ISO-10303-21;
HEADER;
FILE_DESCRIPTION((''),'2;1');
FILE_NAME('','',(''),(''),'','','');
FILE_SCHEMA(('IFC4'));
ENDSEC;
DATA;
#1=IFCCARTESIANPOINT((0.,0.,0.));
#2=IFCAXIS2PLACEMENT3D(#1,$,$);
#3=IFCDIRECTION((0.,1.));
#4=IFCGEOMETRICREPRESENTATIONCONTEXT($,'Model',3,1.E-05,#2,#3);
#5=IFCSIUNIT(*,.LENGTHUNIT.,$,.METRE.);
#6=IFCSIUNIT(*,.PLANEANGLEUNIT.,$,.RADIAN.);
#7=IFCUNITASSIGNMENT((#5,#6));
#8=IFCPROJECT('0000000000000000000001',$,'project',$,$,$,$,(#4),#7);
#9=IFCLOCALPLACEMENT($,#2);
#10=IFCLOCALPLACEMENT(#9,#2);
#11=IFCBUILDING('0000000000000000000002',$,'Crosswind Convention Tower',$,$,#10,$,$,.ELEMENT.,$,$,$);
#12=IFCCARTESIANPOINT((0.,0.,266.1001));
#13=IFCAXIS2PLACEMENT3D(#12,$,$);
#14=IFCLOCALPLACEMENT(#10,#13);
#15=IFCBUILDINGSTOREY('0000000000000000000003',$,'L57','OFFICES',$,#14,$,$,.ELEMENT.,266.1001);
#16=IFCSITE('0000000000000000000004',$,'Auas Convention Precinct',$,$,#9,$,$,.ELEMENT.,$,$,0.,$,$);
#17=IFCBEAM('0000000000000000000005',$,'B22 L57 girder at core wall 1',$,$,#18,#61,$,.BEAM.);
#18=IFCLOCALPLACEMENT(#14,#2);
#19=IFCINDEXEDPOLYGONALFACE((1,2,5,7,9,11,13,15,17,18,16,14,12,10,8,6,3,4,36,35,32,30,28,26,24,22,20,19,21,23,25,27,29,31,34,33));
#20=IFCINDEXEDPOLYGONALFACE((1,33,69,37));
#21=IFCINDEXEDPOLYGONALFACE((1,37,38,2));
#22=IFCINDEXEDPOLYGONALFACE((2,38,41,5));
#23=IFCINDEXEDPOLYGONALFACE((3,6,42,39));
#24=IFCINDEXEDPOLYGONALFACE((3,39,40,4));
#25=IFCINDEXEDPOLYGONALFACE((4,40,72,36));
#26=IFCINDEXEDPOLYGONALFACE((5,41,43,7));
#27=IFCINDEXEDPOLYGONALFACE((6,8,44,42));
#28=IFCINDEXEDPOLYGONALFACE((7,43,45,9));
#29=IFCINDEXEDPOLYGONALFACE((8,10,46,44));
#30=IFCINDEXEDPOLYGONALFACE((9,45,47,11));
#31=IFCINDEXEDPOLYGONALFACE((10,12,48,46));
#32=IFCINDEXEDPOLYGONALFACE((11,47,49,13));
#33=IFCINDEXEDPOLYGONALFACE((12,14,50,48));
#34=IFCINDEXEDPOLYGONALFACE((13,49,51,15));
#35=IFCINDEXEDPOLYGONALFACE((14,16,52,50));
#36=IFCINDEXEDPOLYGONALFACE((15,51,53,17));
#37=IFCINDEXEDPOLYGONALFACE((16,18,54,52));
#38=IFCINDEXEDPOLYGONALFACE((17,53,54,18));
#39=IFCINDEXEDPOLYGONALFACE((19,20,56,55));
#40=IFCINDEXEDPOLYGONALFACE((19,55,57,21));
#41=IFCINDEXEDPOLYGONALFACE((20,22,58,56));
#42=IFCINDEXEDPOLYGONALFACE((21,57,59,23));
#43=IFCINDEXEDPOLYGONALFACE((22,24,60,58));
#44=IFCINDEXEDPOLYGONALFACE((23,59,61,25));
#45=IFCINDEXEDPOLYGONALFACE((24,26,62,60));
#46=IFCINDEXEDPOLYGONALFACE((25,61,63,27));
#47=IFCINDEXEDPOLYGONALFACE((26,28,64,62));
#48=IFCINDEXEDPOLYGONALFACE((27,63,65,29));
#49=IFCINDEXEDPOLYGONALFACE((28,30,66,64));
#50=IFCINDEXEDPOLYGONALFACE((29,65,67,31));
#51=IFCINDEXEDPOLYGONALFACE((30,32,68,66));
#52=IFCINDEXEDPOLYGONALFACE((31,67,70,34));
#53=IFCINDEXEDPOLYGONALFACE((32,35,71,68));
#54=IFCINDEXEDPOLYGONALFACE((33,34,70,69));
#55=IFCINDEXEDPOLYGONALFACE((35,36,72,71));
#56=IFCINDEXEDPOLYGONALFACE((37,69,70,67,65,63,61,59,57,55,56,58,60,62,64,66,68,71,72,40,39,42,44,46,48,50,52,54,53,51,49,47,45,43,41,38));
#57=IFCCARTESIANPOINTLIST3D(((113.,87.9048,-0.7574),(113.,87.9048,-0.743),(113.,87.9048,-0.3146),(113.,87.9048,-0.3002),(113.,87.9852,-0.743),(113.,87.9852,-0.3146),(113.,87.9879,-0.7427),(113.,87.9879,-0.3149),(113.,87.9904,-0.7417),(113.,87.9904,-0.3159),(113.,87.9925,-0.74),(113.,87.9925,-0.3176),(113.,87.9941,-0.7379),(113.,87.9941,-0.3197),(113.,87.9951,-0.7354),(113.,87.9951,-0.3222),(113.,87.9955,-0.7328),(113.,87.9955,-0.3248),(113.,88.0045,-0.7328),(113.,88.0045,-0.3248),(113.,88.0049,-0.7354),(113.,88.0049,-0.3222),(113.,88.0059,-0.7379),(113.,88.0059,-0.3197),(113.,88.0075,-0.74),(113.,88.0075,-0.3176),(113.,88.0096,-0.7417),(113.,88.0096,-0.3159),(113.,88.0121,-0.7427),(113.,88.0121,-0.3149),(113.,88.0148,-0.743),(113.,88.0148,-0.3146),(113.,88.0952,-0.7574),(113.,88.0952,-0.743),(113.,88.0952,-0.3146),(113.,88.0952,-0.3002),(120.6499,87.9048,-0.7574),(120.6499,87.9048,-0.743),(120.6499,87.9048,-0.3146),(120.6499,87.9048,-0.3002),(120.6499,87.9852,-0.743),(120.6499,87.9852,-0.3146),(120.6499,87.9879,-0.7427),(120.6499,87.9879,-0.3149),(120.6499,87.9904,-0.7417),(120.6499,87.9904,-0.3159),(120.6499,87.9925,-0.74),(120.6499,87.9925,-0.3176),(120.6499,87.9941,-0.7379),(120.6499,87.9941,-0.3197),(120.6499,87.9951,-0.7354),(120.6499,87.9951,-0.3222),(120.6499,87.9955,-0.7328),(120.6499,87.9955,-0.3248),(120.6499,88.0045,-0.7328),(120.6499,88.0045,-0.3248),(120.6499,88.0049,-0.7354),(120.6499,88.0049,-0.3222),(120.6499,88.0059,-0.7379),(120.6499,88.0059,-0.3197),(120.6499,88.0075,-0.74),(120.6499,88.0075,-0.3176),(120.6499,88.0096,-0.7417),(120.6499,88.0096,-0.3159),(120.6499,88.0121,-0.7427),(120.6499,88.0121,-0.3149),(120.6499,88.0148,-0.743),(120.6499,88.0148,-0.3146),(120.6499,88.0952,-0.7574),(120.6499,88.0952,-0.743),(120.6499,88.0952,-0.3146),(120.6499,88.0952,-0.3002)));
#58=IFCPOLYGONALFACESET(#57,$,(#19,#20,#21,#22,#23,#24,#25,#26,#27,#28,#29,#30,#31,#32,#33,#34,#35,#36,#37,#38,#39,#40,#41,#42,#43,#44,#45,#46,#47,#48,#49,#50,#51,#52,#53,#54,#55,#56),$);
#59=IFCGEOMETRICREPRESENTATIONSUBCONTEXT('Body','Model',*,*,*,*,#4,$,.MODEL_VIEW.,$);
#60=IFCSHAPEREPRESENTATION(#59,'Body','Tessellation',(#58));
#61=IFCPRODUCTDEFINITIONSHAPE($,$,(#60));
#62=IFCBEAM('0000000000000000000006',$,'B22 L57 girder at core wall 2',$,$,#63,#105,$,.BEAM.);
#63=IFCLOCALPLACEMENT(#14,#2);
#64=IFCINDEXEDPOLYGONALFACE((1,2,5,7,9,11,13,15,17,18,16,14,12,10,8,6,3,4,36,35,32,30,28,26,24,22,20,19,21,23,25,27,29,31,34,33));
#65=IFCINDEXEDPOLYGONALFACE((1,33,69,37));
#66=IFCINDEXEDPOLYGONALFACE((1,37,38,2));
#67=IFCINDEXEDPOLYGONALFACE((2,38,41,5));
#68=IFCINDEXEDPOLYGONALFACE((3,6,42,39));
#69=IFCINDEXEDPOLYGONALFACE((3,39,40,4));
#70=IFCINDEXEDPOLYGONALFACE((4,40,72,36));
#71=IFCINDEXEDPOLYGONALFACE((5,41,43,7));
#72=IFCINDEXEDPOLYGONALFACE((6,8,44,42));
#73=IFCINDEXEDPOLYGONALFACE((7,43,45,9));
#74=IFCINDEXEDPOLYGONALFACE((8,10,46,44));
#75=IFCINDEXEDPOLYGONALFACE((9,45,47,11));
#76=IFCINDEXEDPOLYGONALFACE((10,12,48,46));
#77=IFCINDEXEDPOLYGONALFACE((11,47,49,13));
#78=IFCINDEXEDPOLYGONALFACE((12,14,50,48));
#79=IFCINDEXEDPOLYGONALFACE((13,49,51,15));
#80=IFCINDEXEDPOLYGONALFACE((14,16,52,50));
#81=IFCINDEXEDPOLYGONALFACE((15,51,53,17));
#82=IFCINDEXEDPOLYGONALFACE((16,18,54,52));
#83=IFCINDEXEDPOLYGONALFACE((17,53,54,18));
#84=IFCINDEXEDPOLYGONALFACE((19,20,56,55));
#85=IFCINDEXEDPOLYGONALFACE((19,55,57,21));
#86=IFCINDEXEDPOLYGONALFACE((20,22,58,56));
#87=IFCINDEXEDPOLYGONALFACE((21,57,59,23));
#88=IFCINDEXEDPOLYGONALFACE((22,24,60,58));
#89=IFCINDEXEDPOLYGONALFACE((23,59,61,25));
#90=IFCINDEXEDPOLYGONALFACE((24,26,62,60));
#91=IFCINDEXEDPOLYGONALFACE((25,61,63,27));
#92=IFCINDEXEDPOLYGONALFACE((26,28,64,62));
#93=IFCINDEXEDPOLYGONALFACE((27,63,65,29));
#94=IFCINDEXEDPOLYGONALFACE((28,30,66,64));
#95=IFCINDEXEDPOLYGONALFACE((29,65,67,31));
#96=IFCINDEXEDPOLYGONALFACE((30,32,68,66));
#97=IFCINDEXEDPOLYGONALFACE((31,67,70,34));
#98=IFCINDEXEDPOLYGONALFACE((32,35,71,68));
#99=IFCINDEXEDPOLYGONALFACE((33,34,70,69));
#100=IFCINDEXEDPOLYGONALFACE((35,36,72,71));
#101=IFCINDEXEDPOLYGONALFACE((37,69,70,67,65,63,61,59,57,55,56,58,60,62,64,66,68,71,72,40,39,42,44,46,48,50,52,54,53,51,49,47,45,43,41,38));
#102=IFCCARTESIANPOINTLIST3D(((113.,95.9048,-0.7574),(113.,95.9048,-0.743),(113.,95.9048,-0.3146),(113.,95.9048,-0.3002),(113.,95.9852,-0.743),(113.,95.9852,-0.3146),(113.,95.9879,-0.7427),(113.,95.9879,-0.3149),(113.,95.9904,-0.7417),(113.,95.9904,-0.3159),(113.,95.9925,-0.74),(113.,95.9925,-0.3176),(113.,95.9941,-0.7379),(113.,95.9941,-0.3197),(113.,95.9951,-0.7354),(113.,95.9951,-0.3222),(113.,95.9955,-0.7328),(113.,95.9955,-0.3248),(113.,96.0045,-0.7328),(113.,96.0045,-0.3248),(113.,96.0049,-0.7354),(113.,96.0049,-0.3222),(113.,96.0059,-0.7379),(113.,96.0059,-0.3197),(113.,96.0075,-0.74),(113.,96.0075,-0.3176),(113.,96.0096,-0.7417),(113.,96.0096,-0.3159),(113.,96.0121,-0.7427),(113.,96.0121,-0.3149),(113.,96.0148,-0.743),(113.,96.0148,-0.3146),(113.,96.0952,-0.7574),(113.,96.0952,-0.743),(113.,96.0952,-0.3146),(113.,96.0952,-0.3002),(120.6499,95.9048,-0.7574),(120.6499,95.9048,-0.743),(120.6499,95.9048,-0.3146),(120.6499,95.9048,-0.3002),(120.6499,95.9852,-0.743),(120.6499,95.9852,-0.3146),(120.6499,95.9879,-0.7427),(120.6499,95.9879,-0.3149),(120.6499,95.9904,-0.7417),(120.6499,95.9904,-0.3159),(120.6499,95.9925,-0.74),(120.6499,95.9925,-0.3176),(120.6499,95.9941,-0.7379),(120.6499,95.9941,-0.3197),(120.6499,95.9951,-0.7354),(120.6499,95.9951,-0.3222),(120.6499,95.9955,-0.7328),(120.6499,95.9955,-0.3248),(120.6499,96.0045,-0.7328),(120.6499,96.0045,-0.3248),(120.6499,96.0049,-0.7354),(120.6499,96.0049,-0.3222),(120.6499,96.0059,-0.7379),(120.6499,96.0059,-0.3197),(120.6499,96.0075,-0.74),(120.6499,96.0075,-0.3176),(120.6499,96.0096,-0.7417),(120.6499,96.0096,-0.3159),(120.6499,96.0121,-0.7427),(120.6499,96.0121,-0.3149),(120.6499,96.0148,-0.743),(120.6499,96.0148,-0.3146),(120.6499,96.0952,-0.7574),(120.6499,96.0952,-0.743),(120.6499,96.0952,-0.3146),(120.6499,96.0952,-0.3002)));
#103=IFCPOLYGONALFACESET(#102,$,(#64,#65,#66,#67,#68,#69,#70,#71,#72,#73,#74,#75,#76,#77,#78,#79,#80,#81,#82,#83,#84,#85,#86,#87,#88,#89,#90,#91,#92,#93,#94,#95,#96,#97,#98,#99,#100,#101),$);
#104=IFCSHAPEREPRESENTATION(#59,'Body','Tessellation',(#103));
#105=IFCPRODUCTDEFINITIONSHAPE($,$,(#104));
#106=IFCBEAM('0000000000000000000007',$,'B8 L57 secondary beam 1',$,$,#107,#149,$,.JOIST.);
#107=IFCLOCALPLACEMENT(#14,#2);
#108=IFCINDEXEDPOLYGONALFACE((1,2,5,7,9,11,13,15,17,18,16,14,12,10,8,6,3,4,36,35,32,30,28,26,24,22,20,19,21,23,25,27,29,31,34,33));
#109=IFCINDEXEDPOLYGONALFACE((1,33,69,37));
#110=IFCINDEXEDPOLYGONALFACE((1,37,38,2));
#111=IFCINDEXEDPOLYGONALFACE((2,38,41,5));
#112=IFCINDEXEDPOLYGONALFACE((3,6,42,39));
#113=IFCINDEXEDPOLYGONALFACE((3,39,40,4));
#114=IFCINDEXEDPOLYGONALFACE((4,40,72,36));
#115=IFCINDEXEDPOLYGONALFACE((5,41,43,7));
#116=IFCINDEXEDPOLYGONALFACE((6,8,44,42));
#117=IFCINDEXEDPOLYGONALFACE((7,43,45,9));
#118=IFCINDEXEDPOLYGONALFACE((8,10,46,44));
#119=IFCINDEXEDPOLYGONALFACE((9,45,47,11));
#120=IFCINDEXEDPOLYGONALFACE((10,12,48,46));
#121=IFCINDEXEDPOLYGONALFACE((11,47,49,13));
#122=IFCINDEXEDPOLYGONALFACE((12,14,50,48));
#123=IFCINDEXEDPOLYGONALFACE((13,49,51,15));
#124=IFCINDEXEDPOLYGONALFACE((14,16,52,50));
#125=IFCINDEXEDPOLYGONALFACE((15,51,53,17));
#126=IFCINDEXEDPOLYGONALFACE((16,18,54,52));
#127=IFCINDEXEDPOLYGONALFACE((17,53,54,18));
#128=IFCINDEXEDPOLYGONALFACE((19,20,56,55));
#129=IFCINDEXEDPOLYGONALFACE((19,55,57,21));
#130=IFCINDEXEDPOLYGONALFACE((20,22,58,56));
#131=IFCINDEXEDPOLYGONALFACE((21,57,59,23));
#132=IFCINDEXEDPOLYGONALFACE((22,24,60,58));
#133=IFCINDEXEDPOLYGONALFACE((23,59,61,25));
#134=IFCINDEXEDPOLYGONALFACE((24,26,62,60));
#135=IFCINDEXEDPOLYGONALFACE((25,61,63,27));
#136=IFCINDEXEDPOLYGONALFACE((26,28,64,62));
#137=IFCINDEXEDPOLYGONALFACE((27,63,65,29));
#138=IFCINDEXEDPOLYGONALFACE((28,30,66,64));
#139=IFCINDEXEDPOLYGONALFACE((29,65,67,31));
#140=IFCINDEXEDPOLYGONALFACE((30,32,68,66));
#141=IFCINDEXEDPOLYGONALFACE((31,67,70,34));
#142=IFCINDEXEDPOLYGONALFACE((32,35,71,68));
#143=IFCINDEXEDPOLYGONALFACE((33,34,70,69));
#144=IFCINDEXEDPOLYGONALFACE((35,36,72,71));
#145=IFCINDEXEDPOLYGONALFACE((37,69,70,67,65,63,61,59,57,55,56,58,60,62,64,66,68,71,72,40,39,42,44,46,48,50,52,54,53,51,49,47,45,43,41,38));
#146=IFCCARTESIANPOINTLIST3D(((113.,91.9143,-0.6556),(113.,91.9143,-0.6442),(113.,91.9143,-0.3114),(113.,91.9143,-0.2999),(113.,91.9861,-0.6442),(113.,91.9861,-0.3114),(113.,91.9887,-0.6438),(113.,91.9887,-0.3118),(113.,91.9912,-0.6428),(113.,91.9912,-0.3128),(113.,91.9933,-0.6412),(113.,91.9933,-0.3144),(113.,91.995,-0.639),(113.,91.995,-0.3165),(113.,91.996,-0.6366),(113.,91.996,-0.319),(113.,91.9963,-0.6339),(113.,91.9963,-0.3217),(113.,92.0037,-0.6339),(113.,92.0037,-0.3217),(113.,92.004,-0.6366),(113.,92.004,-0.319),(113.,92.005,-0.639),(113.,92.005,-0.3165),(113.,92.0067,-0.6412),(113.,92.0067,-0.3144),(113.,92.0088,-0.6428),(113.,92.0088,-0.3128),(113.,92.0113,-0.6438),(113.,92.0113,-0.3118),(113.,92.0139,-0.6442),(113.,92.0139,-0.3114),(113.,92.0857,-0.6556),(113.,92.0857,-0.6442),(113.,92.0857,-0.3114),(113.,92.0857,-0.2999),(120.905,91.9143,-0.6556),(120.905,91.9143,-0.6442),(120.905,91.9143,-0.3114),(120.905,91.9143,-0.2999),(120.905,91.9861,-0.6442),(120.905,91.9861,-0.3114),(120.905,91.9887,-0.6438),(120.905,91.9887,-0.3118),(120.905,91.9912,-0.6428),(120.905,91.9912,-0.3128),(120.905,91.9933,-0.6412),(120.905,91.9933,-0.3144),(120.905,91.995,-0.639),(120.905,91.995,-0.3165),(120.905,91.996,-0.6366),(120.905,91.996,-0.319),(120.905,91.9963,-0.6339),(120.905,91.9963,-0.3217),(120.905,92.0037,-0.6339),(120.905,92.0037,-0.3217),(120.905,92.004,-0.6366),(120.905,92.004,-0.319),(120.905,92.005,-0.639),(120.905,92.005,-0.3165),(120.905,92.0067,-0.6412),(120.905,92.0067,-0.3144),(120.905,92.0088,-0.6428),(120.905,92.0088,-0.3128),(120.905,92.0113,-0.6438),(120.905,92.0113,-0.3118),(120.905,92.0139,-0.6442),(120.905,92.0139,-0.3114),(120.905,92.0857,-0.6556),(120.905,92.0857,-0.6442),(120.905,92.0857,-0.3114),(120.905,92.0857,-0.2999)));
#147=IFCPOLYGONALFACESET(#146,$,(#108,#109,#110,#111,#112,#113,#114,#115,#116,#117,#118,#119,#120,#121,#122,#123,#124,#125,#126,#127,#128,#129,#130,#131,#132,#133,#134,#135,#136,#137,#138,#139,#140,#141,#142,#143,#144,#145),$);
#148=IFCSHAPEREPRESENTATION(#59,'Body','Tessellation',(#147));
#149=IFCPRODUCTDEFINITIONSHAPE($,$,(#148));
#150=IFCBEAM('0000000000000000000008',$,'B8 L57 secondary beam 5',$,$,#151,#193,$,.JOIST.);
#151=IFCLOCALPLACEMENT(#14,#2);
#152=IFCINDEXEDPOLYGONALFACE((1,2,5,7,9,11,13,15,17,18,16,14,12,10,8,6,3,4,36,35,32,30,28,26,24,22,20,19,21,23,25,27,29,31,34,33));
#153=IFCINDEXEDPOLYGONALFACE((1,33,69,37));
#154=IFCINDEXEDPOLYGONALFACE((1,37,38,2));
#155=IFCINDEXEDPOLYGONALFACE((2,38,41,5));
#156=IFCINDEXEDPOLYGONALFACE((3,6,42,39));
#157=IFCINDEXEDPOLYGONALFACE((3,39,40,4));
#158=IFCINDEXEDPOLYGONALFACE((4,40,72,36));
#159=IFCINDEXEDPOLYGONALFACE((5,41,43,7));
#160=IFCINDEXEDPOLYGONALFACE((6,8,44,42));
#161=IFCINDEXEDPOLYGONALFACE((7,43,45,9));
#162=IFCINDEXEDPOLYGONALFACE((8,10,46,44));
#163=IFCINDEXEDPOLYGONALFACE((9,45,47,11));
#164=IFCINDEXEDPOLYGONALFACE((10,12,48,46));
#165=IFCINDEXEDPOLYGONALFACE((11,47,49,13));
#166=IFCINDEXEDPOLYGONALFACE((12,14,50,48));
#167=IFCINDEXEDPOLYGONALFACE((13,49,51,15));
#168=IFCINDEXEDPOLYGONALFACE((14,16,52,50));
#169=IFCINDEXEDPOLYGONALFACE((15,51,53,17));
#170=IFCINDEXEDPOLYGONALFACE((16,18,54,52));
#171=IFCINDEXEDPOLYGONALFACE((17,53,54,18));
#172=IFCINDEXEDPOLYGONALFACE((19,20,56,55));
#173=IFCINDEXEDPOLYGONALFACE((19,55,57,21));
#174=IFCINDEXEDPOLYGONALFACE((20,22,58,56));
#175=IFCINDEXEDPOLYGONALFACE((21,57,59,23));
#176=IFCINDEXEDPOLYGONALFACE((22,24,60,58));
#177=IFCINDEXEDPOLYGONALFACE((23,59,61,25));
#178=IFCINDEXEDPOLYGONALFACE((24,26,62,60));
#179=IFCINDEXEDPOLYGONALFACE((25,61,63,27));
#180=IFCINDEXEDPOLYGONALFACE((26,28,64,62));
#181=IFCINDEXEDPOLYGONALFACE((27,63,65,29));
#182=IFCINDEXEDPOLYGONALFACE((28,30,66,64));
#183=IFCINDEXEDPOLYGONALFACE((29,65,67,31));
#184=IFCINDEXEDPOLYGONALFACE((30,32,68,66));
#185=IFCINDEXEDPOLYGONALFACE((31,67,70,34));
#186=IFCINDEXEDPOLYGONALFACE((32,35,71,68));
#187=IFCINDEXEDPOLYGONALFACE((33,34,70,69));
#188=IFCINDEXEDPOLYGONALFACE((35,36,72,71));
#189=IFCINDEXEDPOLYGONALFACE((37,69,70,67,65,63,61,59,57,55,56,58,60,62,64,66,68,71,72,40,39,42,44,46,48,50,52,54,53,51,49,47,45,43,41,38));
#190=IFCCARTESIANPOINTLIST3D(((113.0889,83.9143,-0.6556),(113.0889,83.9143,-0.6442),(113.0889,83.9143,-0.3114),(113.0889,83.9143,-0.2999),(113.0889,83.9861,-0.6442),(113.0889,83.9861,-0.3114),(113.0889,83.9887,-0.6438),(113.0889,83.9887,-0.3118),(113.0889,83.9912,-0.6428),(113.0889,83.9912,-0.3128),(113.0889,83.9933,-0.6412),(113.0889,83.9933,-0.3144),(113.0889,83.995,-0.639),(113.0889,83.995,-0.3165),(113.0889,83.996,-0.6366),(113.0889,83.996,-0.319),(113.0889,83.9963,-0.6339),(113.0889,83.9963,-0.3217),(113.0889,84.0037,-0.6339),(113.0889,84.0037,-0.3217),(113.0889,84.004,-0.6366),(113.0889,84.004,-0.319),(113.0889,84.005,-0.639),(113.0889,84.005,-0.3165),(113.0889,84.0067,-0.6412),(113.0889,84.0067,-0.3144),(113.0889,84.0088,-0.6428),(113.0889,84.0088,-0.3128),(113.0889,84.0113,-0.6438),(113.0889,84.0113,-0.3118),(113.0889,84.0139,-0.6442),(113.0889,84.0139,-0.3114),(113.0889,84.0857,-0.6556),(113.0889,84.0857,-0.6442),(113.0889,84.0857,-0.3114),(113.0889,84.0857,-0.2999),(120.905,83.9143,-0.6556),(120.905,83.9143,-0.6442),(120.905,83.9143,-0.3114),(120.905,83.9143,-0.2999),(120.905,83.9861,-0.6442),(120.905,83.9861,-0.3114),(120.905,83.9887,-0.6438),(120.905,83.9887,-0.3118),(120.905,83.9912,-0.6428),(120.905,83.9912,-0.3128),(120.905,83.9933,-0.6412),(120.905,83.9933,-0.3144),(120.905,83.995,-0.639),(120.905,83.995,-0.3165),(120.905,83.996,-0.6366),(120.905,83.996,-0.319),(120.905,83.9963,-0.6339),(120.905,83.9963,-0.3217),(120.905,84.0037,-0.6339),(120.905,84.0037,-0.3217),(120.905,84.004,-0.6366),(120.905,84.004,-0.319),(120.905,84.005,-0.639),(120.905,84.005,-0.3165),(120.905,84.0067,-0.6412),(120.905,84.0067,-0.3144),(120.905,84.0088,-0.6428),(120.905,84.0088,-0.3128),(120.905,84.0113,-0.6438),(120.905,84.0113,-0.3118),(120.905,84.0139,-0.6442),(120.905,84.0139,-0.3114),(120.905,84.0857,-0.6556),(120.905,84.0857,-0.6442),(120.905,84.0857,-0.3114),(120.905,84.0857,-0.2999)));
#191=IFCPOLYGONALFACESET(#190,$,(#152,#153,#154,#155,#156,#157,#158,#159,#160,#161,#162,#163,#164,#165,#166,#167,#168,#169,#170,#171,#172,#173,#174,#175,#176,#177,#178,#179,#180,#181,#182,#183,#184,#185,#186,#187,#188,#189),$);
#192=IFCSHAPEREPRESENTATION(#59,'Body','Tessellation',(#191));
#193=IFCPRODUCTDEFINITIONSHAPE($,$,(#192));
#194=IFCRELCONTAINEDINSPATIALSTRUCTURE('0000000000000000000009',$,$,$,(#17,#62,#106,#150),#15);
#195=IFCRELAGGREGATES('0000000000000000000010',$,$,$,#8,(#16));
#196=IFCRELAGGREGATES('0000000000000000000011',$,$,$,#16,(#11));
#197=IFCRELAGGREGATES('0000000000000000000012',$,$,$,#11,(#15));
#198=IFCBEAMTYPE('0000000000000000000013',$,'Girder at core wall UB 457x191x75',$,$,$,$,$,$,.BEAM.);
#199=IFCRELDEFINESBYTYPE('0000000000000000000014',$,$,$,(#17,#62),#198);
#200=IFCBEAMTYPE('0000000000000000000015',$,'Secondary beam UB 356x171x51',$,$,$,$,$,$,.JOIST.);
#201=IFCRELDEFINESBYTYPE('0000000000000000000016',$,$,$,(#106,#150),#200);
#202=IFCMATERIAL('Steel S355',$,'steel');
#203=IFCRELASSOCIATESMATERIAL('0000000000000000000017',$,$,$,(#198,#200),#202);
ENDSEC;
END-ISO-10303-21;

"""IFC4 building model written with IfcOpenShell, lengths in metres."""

from ifc_helpers import new_model, si_unit, direction, frame, origin, origin_2d, place, context, subcontext, project, spatial, i_section, extrude, material, material_profile, profile_set, type_object, element, save


model = new_model("IFC4")

# Units and contexts
model_context = context("Model", 3, precision=1e-05, world=origin(), true_north=direction((0.0, 1.0)))
body_context = subcontext(model_context, "Body", "Model", "MODEL_VIEW")
ifc_project = project(units=[si_unit("LENGTHUNIT", "METRE"), si_unit("PLANEANGLEUNIT", "RADIAN")], contexts=[model_context])

# Site, building, storey
site_placement = place(None, origin())
site = spatial("IfcSite", under=ifc_project, at=site_placement, Name="Auas Convention Precinct", CompositionType="ELEMENT", RefElevation=0.0)
building_placement = place(site_placement, origin())
building = spatial("IfcBuilding", under=site, at=building_placement, Name="Crosswind Convention Tower", CompositionType="ELEMENT")
storey_placement = place(building_placement, frame((0.0, 0.0, 266.1001)))
storey = spatial("IfcBuildingStorey", under=building, at=storey_placement, Name="L57", Description="OFFICES", CompositionType="ELEMENT", Elevation=266.1001)

# Beams
ifc_material_1 = material(Name="Steel S355", Category="steel")
ifc_material_profile_1 = material_profile(ifc_material_1, i_section(OverallWidth=0.1904, OverallDepth=0.4573, WebThickness=0.009, FlangeThickness=0.0144, FilletRadius=0.0103, at=origin_2d()), Name="UB 457x191x75")
ifc_profile_set_1 = profile_set([ifc_material_profile_1], Name="Steel S355")
beam_type_1 = type_object("IfcBeamType", Name="Girder at core wall UB 457x191x75", PredefinedType="BEAM", material=ifc_profile_set_1)
for number, where, z_axis, x_axis, name in (
    (1, (113.0, 88.0, -0.5288), (1.0, 0.0, 0.0), (0.0, 1.0, 0.0), "B22 L57 girder at core wall 1"),
    (2, (113.0, 96.0, -0.5288), (1.0, 0.0, 0.0), (0.0, 1.0, 0.0), "B22 L57 girder at core wall 2"),
):
    element("IfcBeam", number, at=place(storey_placement, frame(where, z_axis=z_axis, x_axis=x_axis)), inside=storey, type_object=beam_type_1, Name=name, PredefinedType="BEAM", context=body_context, shape_type="SweptSolid", body=[
        extrude(i_section(OverallWidth=0.1904, OverallDepth=0.4573, WebThickness=0.009, FlangeThickness=0.0144, FilletRadius=0.0103, at=origin_2d()), origin(), (0.0, 0.0, 1.0), 7.6499),
    ])
ifc_material_profile_2 = material_profile(ifc_material_1, i_section(OverallWidth=0.1714, OverallDepth=0.3557, WebThickness=0.0073, FlangeThickness=0.0115, FilletRadius=0.0103, at=origin_2d()), Name="UB 356x171x51")
ifc_profile_set_2 = profile_set([ifc_material_profile_2], Name="Steel S355")
beam_type_2 = type_object("IfcBeamType", Name="Secondary beam UB 356x171x51", PredefinedType="JOIST", material=ifc_profile_set_2)
beam_1_placement = place(storey_placement, frame((113.0, 92.0, -0.4778), z_axis=(1.0, 0.0, 0.0), x_axis=(0.0, 1.0, 0.0)))
element("IfcBeam", 3, at=beam_1_placement, inside=storey, type_object=beam_type_2, Name="B8 L57 secondary beam 1", PredefinedType="JOIST", context=body_context, shape_type="SweptSolid", body=[
    extrude(i_section(OverallWidth=0.1714, OverallDepth=0.3557, WebThickness=0.0073, FlangeThickness=0.0115, FilletRadius=0.0103, at=origin_2d()), origin(), (0.0, 0.0, 1.0), 7.905),
])
beam_2_placement = place(storey_placement, frame((113.0889, 84.0, -0.4778), z_axis=(1.0, 0.0, 0.0), x_axis=(0.0, 1.0, 0.0)))
element("IfcBeam", 4, at=beam_2_placement, inside=storey, type_object=beam_type_2, Name="B8 L57 secondary beam 5", PredefinedType="JOIST", context=body_context, shape_type="SweptSolid", body=[
    extrude(i_section(OverallWidth=0.1714, OverallDepth=0.3557, WebThickness=0.0073, FlangeThickness=0.0115, FilletRadius=0.0103, at=origin_2d()), origin(), (0.0, 0.0, 1.0), 7.8162),
])

save(model, "model.ifc")
